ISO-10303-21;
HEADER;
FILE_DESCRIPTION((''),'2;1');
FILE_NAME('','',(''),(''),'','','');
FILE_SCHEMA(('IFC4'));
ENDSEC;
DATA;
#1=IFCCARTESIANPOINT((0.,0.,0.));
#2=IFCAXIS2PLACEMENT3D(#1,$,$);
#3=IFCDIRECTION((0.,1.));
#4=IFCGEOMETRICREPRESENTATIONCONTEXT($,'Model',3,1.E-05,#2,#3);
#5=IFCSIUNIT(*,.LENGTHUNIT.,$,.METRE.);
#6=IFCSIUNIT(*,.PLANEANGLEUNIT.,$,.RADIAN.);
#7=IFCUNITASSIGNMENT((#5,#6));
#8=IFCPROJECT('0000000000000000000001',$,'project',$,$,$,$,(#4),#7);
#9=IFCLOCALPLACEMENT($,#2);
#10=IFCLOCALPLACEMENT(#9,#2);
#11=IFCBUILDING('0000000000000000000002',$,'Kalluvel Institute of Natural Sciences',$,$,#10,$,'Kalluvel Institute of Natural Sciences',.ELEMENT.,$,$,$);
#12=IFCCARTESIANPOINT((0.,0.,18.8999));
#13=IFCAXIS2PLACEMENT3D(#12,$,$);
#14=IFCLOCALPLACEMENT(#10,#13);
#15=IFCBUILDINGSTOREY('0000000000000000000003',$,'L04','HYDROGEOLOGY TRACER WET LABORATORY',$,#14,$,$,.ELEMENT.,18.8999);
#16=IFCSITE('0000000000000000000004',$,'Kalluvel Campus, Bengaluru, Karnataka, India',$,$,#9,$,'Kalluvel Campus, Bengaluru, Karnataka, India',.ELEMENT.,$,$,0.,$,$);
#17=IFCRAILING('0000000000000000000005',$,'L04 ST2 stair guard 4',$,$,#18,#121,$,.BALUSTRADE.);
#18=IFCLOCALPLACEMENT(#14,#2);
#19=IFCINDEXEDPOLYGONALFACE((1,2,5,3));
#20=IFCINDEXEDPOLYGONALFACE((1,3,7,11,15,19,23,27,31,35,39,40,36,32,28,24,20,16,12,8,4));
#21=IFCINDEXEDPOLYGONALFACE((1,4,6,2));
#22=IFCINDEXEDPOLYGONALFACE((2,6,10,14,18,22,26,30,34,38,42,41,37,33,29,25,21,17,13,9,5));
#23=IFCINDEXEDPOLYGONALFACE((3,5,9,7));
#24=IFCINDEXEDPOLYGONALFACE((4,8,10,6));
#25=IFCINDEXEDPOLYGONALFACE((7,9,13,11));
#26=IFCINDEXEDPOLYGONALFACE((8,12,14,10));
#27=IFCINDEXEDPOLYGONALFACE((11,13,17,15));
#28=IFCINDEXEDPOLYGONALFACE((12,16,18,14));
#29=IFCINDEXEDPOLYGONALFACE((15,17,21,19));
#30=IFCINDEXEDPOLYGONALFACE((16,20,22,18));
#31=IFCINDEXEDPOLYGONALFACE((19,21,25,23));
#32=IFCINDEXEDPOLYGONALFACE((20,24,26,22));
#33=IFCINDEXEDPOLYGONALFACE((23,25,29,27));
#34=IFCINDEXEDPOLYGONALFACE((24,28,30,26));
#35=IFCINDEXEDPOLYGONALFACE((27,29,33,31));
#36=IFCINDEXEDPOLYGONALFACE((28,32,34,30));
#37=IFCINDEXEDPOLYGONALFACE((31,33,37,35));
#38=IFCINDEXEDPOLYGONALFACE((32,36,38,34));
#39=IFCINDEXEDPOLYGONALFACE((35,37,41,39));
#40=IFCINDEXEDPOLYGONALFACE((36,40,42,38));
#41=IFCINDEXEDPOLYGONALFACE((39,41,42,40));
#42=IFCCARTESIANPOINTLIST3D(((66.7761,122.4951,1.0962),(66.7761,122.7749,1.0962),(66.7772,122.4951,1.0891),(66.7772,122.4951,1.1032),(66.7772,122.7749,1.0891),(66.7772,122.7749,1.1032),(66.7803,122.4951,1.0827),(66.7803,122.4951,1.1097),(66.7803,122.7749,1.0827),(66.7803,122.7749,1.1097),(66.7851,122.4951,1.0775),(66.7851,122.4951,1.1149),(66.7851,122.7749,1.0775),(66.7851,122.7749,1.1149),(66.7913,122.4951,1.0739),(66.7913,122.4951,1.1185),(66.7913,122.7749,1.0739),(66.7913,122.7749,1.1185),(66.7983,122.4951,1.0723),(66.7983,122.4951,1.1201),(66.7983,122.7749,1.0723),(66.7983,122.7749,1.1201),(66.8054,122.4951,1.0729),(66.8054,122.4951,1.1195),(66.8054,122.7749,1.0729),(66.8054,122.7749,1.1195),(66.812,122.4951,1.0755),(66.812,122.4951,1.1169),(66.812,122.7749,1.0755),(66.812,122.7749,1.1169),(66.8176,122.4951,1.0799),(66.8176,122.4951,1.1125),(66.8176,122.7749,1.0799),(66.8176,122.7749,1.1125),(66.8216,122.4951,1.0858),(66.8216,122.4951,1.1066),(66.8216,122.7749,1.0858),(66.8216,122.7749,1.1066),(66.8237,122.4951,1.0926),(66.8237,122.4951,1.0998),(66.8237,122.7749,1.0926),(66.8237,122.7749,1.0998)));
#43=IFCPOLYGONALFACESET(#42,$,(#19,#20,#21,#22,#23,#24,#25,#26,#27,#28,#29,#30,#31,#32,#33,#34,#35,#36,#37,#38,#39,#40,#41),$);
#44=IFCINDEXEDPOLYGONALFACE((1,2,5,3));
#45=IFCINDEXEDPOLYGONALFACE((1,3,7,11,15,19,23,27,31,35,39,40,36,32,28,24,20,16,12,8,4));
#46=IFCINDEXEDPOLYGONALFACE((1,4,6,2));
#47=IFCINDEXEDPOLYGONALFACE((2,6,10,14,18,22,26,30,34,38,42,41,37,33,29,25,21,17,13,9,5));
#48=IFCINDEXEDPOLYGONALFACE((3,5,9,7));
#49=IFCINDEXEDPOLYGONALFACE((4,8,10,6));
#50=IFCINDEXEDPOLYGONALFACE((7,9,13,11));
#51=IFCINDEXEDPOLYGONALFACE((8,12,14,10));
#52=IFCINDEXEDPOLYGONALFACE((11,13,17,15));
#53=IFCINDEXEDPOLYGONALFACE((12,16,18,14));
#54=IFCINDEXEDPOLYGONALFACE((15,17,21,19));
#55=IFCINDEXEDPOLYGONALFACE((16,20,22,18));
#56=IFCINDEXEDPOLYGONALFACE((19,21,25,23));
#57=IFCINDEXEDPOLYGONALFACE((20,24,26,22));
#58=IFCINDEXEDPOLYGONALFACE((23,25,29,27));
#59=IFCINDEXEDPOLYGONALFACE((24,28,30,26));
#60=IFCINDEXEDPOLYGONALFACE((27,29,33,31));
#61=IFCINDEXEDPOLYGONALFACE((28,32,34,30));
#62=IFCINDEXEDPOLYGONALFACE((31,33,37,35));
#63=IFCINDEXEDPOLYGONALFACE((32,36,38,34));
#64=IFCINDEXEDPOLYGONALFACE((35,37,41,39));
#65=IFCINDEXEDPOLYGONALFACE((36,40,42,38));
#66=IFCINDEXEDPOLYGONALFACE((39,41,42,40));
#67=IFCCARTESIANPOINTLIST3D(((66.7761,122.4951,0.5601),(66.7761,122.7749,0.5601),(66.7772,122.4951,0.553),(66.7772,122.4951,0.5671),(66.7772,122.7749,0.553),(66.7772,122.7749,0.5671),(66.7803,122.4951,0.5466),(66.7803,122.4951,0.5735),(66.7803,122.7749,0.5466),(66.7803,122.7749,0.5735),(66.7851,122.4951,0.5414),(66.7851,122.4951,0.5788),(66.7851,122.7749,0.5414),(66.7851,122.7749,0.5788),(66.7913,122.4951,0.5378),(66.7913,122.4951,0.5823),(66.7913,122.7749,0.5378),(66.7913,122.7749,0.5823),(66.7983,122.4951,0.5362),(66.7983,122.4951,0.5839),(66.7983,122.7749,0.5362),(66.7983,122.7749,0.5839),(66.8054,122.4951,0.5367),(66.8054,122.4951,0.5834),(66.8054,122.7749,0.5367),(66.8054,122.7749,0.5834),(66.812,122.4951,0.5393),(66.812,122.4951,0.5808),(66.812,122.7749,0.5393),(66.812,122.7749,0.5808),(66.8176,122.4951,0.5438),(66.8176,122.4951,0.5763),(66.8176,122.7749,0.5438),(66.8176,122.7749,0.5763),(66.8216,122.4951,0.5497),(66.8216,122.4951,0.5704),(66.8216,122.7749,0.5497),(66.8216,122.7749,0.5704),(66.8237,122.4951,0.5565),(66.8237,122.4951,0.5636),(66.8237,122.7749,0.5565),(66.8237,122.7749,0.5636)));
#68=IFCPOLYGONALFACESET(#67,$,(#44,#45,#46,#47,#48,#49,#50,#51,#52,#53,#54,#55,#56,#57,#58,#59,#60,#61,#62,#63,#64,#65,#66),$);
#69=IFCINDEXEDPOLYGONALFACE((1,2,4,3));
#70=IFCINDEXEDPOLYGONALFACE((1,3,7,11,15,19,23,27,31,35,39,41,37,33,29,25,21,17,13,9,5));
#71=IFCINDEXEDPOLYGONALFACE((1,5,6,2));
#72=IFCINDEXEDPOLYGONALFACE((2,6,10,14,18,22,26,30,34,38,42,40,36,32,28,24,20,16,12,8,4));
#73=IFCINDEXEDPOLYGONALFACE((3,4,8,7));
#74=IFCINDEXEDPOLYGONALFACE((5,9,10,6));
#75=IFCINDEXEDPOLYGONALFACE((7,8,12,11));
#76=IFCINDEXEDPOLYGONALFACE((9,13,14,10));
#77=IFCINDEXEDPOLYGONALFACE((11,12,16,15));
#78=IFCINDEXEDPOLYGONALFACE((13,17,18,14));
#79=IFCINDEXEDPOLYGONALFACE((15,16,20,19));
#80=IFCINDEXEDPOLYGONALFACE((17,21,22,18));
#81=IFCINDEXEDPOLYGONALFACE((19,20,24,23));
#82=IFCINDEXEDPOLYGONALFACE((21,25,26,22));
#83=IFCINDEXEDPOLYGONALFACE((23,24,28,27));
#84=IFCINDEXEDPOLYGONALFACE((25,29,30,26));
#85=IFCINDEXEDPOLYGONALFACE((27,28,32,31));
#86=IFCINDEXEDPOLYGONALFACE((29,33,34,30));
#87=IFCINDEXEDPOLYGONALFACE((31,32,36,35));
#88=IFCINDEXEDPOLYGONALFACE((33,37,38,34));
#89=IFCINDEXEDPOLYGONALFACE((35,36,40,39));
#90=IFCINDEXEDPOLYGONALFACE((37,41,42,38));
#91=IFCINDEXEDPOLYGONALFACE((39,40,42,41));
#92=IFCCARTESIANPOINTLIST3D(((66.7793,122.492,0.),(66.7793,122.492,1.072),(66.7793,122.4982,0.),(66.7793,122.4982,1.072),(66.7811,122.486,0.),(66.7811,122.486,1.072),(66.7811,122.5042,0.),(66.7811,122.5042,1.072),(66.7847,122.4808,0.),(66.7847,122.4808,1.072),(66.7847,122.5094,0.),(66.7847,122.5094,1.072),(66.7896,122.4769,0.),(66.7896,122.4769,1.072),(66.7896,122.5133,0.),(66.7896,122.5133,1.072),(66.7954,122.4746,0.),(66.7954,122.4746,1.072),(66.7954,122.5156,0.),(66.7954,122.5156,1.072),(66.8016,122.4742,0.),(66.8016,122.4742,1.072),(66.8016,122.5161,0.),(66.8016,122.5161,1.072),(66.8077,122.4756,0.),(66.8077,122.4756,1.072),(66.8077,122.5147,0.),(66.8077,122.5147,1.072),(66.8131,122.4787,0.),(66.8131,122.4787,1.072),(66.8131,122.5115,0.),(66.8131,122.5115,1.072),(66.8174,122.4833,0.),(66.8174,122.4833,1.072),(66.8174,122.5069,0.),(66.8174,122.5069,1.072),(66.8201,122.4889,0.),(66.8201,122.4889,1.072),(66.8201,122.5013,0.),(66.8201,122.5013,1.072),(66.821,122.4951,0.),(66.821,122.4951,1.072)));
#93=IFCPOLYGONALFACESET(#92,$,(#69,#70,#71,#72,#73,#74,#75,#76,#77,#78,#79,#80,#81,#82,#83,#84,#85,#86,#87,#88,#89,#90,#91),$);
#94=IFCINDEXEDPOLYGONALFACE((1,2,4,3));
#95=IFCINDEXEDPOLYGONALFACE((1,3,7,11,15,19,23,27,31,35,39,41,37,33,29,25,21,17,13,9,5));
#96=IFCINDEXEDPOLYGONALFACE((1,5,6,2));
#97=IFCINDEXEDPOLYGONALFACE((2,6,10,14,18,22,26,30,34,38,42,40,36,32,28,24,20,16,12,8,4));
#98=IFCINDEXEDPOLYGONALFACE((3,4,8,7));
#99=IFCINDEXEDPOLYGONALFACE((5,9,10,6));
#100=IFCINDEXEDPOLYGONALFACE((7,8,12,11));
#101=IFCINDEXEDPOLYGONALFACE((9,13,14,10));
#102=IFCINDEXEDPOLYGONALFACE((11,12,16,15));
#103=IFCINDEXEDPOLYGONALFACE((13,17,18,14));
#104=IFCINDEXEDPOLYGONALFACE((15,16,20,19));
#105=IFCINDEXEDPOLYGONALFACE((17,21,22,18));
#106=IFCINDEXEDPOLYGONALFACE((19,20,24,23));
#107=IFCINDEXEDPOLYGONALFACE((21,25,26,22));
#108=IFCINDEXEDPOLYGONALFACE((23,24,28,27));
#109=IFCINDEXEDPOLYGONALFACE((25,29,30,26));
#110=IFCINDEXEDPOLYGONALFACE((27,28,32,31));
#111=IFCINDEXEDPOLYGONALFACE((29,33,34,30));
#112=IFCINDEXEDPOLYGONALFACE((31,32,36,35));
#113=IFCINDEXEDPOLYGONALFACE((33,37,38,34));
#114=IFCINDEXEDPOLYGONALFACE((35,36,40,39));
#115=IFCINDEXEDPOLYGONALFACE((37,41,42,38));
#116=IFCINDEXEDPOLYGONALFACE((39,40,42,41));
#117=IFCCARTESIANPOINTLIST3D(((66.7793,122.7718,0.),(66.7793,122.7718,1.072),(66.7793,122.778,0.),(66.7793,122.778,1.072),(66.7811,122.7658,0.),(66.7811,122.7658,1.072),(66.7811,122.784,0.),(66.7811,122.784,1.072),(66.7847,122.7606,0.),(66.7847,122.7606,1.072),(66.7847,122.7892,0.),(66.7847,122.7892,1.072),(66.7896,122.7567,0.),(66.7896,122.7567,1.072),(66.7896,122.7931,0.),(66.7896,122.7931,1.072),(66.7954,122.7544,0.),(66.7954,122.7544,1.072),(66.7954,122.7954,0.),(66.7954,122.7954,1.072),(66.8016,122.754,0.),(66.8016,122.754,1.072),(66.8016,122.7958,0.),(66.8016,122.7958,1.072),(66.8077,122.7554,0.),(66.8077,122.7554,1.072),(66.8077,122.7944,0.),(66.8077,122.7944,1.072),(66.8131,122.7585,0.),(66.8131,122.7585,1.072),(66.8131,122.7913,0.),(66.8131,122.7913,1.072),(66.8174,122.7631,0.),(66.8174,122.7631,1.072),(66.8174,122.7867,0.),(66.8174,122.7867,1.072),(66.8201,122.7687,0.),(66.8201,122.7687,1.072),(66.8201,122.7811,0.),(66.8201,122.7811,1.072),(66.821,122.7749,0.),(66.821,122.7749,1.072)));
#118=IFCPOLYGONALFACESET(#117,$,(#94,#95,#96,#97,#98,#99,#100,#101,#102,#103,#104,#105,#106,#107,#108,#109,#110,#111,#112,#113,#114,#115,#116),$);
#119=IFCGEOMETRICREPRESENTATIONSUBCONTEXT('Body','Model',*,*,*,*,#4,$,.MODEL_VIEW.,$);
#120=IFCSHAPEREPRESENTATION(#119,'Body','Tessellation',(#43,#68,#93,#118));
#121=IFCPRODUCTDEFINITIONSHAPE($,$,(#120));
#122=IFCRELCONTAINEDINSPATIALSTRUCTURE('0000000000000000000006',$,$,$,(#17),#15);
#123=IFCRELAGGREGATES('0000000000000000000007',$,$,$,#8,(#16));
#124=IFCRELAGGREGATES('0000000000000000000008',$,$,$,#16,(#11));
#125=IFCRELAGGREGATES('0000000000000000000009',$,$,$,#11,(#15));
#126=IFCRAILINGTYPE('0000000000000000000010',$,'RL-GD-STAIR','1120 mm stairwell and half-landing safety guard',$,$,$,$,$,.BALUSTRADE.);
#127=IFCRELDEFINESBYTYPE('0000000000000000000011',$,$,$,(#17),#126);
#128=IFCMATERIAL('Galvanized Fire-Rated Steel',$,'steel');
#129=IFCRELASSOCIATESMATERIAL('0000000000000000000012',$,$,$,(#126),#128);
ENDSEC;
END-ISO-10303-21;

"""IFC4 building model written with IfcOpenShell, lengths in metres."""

from ifc_helpers import new_model, si_unit, direction, frame, origin, origin_2d, place, context, subcontext, project, spatial, circle, extrude, material, type_object, element, save


model = new_model("IFC4")

# Units and contexts
model_context = context("Model", 3, precision=1e-05, world=origin(), true_north=direction((0.0, 1.0)))
body_context = subcontext(model_context, "Body", "Model", "MODEL_VIEW")
ifc_project = project(units=[si_unit("LENGTHUNIT", "METRE"), si_unit("PLANEANGLEUNIT", "RADIAN")], contexts=[model_context])

# Site, building, storey
site_placement = place(None, origin())
site = spatial("IfcSite", under=ifc_project, at=site_placement, Name="Kalluvel Campus, Bengaluru, Karnataka, India", LongName="Kalluvel Campus, Bengaluru, Karnataka, India", CompositionType="ELEMENT", RefElevation=0.0)
building_placement = place(site_placement, origin())
building = spatial("IfcBuilding", under=site, at=building_placement, Name="Kalluvel Institute of Natural Sciences", LongName="Kalluvel Institute of Natural Sciences", CompositionType="ELEMENT")
storey_placement = place(building_placement, frame((0.0, 0.0, 18.8999)))
storey = spatial("IfcBuildingStorey", under=building, at=storey_placement, Name="L04", Description="HYDROGEOLOGY TRACER WET LABORATORY", CompositionType="ELEMENT", Elevation=18.8999)

# Shared definitions
ifc_material_1 = material(Name="Galvanized Fire-Rated Steel", Category="steel")

# Railing
railing_type_1 = type_object("IfcRailingType", Name="RL-GD-STAIR", Description="1120 mm stairwell and half-landing safety guard", PredefinedType="BALUSTRADE", material=ifc_material_1)
railing_1_placement = place(storey_placement, frame((66.8, 122.4951, 0.0)))
element("IfcRailing", 1, at=railing_1_placement, inside=storey, type_object=railing_type_1, Name="L04 ST2 stair guard 4", PredefinedType="BALUSTRADE", context=body_context, shape_type="SweptSolid", body=[
    extrude(circle(Radius=0.0239, at=origin_2d()), frame((0.0, 0.0, 1.0962), z_axis=(0.0, 1.0, 0.0), x_axis=(-1.0, 0.0, 0.0)), (0.0, 0.0, 1.0), 0.2798),
    extrude(circle(Radius=0.0239, at=origin_2d()), frame((0.0, 0.0, 0.5601), z_axis=(0.0, 1.0, 0.0), x_axis=(-1.0, 0.0, 0.0)), (0.0, 0.0, 1.0), 0.2798),
    extrude(circle(Radius=0.021, at=origin_2d()), origin(), (0.0, 0.0, 1.0), 1.072),
    extrude(circle(Radius=0.021, at=origin_2d()), frame((0.0, 0.2798, 0.0)), (0.0, 0.0, 1.0), 1.072),
])

save(model, "model.ifc")
